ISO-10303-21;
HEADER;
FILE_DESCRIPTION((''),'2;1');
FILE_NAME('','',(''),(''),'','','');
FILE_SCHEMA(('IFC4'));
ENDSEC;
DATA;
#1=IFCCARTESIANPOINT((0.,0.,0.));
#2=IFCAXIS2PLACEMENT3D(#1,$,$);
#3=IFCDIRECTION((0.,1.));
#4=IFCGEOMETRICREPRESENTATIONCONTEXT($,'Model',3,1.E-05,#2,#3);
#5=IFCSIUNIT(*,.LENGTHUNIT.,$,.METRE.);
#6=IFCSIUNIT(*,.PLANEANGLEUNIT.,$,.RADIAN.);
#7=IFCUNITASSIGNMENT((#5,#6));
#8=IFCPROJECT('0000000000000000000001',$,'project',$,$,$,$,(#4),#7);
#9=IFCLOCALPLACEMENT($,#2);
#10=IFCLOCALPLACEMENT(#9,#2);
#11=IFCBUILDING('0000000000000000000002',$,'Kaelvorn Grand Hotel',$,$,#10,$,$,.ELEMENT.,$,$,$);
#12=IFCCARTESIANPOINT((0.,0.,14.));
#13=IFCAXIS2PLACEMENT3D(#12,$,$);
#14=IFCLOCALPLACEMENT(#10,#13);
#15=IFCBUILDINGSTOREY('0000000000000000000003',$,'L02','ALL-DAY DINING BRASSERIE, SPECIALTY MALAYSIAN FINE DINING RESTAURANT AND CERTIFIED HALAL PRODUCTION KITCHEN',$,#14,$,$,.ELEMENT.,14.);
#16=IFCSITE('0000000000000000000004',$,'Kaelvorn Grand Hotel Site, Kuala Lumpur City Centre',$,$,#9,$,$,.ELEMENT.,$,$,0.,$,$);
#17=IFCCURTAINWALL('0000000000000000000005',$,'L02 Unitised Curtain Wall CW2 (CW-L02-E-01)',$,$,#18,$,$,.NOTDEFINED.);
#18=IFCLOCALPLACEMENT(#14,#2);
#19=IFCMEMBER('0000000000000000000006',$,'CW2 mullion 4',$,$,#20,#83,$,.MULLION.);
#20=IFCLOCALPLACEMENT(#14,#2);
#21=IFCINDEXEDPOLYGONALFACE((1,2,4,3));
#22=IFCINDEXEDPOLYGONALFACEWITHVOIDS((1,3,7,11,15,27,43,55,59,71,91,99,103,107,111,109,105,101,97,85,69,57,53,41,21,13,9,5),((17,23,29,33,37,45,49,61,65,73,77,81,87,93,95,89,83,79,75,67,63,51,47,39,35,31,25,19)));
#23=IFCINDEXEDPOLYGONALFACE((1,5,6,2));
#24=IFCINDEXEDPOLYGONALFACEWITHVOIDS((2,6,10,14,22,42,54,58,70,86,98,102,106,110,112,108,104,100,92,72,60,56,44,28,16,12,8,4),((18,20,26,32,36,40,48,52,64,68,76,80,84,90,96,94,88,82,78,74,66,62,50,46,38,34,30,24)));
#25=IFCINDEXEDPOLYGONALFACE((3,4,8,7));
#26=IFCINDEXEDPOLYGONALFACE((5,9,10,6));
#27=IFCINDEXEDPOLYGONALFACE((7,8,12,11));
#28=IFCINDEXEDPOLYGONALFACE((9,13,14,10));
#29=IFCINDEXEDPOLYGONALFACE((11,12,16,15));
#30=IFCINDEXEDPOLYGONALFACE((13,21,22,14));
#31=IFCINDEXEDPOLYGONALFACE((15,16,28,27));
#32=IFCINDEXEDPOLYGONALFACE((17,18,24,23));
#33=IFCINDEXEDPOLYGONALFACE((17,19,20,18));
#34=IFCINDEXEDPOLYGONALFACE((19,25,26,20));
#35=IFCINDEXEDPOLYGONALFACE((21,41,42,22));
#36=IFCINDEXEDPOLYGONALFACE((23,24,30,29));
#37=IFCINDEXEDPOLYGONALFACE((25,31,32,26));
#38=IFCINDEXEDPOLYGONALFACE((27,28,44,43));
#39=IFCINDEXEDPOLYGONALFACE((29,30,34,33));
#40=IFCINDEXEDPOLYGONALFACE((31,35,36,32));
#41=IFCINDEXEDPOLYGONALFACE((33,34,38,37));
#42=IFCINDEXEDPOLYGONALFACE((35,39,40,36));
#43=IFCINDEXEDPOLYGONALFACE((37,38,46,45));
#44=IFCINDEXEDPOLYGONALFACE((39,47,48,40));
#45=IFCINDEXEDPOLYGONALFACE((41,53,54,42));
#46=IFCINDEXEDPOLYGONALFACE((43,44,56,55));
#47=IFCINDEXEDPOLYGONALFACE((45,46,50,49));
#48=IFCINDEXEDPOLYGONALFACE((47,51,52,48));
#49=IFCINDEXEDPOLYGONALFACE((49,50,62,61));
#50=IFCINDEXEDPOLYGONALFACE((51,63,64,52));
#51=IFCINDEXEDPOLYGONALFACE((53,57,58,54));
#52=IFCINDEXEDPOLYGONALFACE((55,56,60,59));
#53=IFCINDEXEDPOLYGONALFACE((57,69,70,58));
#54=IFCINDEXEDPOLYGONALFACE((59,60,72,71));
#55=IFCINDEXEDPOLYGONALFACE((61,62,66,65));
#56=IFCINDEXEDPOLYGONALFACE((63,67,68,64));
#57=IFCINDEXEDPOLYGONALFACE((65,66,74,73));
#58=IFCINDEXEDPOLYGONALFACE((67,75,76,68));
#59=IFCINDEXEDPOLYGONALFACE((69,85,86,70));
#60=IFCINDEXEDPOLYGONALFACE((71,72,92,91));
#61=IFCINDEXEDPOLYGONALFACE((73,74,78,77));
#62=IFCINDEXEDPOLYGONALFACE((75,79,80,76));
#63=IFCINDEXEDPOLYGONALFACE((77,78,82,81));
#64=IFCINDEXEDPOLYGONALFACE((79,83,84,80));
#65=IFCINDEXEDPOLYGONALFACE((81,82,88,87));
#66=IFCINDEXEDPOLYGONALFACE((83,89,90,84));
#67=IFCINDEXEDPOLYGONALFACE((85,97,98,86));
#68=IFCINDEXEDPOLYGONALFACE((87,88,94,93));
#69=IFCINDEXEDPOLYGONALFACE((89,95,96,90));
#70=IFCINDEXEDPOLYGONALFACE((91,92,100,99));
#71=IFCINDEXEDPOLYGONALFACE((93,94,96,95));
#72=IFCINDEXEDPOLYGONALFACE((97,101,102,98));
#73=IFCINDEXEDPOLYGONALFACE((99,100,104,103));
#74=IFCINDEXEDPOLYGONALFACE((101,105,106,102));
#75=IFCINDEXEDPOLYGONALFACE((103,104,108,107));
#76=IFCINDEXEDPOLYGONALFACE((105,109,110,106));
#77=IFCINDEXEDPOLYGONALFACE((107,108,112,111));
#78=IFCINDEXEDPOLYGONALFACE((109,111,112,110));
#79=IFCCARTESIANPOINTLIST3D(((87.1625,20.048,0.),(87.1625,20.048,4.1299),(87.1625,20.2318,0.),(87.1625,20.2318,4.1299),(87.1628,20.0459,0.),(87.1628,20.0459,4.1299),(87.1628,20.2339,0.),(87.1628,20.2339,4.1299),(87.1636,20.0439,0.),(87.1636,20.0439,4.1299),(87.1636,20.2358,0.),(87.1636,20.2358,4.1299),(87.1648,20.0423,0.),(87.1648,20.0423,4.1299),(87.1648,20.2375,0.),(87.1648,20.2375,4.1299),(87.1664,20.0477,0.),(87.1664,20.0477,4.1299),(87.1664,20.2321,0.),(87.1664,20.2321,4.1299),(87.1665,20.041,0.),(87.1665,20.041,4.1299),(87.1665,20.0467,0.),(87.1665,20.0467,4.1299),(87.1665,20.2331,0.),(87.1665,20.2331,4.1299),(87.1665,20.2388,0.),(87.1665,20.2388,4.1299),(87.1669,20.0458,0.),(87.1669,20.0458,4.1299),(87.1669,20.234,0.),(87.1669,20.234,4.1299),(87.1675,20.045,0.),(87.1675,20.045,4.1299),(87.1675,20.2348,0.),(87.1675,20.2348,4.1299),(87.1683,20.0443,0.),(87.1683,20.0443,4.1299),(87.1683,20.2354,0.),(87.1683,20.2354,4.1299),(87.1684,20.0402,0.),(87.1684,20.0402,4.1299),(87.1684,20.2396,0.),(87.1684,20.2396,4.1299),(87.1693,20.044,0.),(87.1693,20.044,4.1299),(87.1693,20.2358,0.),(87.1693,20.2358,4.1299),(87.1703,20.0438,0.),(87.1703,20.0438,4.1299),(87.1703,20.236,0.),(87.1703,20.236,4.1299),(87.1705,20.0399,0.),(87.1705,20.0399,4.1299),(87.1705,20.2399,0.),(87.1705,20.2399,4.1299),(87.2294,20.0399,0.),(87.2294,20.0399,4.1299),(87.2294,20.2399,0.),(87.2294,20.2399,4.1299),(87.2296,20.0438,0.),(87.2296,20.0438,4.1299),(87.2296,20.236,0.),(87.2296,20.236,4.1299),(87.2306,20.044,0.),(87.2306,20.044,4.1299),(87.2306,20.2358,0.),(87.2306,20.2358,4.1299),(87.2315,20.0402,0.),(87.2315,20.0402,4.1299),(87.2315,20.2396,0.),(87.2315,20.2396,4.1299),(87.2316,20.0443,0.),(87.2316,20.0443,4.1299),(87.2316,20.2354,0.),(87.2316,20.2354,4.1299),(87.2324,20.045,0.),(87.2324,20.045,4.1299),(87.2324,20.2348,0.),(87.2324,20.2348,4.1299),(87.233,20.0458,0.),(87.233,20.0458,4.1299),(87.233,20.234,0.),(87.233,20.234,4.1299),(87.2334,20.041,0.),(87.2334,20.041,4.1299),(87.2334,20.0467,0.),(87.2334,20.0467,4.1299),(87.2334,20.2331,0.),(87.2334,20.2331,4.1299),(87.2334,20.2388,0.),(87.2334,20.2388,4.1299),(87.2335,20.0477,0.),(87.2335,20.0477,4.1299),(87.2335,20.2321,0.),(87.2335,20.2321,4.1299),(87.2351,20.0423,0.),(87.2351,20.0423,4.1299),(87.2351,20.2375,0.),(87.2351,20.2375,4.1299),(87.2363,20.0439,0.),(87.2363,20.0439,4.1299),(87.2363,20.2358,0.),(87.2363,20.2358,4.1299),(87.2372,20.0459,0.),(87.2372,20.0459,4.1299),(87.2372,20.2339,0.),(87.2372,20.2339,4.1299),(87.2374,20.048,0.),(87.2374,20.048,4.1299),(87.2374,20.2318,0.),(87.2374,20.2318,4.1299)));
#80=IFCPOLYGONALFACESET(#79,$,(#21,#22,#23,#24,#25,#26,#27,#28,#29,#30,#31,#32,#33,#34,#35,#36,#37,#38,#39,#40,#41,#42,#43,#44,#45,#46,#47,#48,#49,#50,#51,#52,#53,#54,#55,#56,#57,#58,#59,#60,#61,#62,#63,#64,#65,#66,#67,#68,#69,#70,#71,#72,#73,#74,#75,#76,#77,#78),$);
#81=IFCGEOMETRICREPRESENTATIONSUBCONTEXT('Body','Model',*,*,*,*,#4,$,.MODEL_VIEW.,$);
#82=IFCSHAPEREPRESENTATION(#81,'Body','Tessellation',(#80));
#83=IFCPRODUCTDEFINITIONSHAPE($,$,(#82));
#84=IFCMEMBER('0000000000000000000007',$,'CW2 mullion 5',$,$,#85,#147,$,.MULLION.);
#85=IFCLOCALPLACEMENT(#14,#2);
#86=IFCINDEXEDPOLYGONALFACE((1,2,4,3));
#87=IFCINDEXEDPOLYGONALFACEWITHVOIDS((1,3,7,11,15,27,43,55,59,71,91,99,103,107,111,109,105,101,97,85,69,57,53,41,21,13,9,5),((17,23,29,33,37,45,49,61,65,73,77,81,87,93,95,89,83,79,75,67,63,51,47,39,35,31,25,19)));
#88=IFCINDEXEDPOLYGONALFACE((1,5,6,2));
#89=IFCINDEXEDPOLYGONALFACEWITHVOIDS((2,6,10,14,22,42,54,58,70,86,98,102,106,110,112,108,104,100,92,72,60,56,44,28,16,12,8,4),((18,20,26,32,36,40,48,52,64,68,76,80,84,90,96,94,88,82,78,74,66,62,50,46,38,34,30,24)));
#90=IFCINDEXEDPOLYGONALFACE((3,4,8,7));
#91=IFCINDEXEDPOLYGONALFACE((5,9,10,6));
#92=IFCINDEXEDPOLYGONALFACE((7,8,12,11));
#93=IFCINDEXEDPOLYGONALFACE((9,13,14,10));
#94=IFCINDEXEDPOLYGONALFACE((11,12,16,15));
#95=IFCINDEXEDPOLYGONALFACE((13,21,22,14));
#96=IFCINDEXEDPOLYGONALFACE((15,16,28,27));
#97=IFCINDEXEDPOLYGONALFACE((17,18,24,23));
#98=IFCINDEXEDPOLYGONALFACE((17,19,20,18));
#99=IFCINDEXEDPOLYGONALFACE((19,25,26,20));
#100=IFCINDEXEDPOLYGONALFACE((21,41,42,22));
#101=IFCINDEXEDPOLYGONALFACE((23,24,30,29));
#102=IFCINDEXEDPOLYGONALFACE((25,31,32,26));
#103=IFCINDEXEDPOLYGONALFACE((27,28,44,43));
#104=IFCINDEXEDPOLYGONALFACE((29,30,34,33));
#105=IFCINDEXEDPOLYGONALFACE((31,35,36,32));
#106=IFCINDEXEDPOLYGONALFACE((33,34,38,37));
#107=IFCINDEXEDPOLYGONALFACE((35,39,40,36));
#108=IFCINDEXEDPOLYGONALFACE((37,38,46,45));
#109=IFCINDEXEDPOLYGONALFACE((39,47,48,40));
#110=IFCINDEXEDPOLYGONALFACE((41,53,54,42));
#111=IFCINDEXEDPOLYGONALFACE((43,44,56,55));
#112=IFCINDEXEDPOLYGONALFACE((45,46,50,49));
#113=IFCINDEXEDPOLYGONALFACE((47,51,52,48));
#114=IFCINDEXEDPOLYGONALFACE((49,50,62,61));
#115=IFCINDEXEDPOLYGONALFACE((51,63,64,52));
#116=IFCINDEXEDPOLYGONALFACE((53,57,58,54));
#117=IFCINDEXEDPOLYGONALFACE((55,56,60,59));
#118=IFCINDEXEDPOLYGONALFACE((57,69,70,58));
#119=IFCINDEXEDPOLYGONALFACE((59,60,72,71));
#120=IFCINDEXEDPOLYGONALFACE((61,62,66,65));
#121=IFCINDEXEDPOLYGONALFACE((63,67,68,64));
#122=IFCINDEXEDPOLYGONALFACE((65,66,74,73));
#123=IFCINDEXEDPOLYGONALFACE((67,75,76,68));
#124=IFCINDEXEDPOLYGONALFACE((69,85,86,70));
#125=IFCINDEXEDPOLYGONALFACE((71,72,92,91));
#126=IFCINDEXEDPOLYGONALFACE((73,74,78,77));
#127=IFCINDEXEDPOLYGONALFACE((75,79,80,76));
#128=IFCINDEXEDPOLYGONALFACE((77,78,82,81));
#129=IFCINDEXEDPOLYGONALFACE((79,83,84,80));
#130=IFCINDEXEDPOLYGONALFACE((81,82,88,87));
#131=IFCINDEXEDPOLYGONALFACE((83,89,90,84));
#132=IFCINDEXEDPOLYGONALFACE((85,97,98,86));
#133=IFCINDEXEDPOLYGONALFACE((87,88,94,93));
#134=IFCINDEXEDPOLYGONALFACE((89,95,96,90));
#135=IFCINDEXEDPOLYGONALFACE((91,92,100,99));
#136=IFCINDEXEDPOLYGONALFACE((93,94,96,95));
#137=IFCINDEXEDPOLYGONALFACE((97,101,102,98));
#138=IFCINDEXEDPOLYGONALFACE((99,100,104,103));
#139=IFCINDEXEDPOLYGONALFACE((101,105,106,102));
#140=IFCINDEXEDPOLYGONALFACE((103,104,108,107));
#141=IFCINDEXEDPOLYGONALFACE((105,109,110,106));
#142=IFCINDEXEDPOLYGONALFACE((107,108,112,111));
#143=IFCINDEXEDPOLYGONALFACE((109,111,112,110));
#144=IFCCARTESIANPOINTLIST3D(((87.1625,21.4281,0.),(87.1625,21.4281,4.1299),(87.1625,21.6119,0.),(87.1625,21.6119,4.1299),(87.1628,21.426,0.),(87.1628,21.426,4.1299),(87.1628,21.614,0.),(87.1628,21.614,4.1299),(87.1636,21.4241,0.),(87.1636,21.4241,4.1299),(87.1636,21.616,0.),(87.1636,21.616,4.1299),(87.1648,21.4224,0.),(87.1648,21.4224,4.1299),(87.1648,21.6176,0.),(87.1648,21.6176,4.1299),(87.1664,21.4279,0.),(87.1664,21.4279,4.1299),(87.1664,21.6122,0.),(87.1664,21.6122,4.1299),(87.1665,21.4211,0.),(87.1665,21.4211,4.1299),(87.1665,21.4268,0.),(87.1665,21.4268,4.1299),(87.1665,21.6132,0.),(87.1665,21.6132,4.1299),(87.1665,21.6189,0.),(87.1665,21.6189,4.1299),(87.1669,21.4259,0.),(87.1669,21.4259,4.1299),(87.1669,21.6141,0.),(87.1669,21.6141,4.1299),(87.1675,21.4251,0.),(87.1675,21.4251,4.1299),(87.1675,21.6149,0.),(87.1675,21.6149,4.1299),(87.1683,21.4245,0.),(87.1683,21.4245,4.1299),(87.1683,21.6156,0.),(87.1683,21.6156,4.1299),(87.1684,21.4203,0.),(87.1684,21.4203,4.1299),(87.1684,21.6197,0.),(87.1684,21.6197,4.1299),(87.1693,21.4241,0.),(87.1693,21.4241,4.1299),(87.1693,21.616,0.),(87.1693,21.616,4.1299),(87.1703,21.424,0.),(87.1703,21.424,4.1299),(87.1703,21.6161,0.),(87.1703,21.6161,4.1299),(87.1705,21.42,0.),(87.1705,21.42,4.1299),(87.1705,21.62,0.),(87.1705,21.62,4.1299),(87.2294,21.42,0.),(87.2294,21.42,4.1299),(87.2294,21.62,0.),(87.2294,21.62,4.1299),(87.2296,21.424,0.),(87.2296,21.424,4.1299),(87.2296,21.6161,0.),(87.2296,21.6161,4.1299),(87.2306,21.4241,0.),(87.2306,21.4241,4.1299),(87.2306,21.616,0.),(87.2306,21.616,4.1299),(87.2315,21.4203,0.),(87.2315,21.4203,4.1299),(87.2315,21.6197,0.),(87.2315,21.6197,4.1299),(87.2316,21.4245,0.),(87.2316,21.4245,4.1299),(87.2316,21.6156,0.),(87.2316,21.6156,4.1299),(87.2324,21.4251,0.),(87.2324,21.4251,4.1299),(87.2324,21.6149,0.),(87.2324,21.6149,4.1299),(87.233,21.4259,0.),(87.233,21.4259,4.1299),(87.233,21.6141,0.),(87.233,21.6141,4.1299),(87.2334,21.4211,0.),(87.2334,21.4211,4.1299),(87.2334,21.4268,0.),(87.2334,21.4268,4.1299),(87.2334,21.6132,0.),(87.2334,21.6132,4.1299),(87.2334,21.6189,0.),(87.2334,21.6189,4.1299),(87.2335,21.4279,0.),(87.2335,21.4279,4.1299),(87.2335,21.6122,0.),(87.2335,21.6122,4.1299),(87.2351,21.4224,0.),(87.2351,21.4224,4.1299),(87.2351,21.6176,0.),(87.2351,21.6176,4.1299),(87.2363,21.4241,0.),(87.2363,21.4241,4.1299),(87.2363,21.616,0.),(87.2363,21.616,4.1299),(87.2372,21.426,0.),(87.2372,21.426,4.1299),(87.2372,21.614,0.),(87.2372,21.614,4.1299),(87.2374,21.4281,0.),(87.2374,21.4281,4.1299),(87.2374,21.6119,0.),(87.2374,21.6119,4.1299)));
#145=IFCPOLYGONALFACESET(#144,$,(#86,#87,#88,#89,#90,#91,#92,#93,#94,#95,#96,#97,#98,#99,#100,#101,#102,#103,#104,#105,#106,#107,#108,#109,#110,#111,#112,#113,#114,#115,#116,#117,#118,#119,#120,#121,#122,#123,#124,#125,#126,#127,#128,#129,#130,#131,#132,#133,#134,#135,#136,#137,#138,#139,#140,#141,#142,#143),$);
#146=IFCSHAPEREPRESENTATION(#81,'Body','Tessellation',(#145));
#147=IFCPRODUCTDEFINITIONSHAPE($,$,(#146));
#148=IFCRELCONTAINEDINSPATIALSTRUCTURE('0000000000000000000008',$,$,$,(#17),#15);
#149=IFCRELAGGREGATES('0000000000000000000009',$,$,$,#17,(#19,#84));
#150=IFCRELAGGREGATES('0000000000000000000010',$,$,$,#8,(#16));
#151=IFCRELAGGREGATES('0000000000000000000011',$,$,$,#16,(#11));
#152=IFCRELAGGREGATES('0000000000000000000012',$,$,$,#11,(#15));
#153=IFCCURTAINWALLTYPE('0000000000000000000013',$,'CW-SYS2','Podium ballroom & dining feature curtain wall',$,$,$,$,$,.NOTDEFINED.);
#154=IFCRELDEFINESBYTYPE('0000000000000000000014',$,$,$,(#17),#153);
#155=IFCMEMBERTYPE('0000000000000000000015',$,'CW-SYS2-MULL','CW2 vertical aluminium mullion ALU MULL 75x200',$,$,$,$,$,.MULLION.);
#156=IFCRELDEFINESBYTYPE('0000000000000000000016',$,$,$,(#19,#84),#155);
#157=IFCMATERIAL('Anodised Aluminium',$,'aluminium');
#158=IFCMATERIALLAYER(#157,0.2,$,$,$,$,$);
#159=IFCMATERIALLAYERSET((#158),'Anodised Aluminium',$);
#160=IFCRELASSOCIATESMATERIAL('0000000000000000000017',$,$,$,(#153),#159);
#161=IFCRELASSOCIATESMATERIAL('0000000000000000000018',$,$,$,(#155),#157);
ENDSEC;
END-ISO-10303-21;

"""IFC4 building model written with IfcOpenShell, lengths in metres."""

from ifc_helpers import new_model, si_unit, direction, frame, origin, origin_2d, place, context, subcontext, project, spatial, hollow_rectangle, extrude, material, layer, layer_set, material_profile, profile_set, type_object, element, aggregate, save


model = new_model("IFC4")

# Units and contexts
model_context = context("Model", 3, precision=1e-05, world=origin(), true_north=direction((0.0, 1.0)))
body_context = subcontext(model_context, "Body", "Model", "MODEL_VIEW")
ifc_project = project(units=[si_unit("LENGTHUNIT", "METRE"), si_unit("PLANEANGLEUNIT", "RADIAN")], contexts=[model_context])

# Site, building, storey
site_placement = place(None, origin())
site = spatial("IfcSite", under=ifc_project, at=site_placement, Name="Kaelvorn Grand Hotel Site, Kuala Lumpur City Centre", CompositionType="ELEMENT", RefElevation=0.0)
building_placement = place(site_placement, origin())
building = spatial("IfcBuilding", under=site, at=building_placement, Name="Kaelvorn Grand Hotel", CompositionType="ELEMENT")
storey_placement = place(building_placement, frame((0.0, 0.0, 14.0)))
storey = spatial("IfcBuildingStorey", under=building, at=storey_placement, Name="L02", Description="ALL-DAY DINING BRASSERIE, SPECIALTY MALAYSIAN FINE DINING RESTAURANT AND CERTIFIED HALAL PRODUCTION KITCHEN", CompositionType="ELEMENT", Elevation=14.0)

# Curtain wall, members
ifc_material_1 = material(Name="Anodised Aluminium", Category="aluminium")
ifc_layer_1 = layer(ifc_material_1, 0.2)
ifc_layer_set_1 = layer_set([ifc_layer_1], Name="Anodised Aluminium")
curtain_wall_type = type_object("IfcCurtainWallType", Name="CW-SYS2", Description="Podium ballroom & dining feature curtain wall", PredefinedType="NOTDEFINED", material=ifc_layer_set_1)
curtain_wall_placement = place(storey_placement, origin())
curtain_wall = element("IfcCurtainWall", 1, at=curtain_wall_placement, inside=storey, type_object=curtain_wall_type, Name="L02 Unitised Curtain Wall CW2 (CW-L02-E-01)", PredefinedType="NOTDEFINED")
ifc_material_profile_1 = material_profile(ifc_material_1, hollow_rectangle(XDim=0.075, YDim=0.2, WallThickness=0.0039, InnerFilletRadius=0.0039, OuterFilletRadius=0.0081, at=origin_2d()), Name="ALU MULL 75x200")
ifc_profile_set_1 = profile_set([ifc_material_profile_1], Name="Anodised Aluminium")
member_type_1 = type_object("IfcMemberType", Name="CW-SYS2-MULL", Description="CW2 vertical aluminium mullion ALU MULL 75x200", PredefinedType="MULLION", material=ifc_profile_set_1)
member_1_placement = place(storey_placement, frame((87.2, 20.1399, 0.0), z_axis=(0.0, 0.0, 1.0), x_axis=(-1.0, 0.0, 0.0)))
member_1 = element("IfcMember", 2, at=member_1_placement, type_object=member_type_1, Name="CW2 mullion 4", PredefinedType="MULLION", context=body_context, shape_type="SweptSolid", body=[
    extrude(hollow_rectangle(XDim=0.075, YDim=0.2, WallThickness=0.0039, InnerFilletRadius=0.0039, OuterFilletRadius=0.0081, at=origin_2d()), origin(), (0.0, 0.0, 1.0), 4.1299),
])
member_2_placement = place(storey_placement, frame((87.2, 21.52, 0.0), z_axis=(0.0, 0.0, 1.0), x_axis=(-1.0, 0.0, 0.0)))
member_2 = element("IfcMember", 3, at=member_2_placement, type_object=member_type_1, Name="CW2 mullion 5", PredefinedType="MULLION", context=body_context, shape_type="SweptSolid", body=[
    extrude(hollow_rectangle(XDim=0.075, YDim=0.2, WallThickness=0.0039, InnerFilletRadius=0.0039, OuterFilletRadius=0.0081, at=origin_2d()), origin(), (0.0, 0.0, 1.0), 4.1299),
])
aggregate(curtain_wall, [member_1, member_2])

save(model, "model.ifc")
